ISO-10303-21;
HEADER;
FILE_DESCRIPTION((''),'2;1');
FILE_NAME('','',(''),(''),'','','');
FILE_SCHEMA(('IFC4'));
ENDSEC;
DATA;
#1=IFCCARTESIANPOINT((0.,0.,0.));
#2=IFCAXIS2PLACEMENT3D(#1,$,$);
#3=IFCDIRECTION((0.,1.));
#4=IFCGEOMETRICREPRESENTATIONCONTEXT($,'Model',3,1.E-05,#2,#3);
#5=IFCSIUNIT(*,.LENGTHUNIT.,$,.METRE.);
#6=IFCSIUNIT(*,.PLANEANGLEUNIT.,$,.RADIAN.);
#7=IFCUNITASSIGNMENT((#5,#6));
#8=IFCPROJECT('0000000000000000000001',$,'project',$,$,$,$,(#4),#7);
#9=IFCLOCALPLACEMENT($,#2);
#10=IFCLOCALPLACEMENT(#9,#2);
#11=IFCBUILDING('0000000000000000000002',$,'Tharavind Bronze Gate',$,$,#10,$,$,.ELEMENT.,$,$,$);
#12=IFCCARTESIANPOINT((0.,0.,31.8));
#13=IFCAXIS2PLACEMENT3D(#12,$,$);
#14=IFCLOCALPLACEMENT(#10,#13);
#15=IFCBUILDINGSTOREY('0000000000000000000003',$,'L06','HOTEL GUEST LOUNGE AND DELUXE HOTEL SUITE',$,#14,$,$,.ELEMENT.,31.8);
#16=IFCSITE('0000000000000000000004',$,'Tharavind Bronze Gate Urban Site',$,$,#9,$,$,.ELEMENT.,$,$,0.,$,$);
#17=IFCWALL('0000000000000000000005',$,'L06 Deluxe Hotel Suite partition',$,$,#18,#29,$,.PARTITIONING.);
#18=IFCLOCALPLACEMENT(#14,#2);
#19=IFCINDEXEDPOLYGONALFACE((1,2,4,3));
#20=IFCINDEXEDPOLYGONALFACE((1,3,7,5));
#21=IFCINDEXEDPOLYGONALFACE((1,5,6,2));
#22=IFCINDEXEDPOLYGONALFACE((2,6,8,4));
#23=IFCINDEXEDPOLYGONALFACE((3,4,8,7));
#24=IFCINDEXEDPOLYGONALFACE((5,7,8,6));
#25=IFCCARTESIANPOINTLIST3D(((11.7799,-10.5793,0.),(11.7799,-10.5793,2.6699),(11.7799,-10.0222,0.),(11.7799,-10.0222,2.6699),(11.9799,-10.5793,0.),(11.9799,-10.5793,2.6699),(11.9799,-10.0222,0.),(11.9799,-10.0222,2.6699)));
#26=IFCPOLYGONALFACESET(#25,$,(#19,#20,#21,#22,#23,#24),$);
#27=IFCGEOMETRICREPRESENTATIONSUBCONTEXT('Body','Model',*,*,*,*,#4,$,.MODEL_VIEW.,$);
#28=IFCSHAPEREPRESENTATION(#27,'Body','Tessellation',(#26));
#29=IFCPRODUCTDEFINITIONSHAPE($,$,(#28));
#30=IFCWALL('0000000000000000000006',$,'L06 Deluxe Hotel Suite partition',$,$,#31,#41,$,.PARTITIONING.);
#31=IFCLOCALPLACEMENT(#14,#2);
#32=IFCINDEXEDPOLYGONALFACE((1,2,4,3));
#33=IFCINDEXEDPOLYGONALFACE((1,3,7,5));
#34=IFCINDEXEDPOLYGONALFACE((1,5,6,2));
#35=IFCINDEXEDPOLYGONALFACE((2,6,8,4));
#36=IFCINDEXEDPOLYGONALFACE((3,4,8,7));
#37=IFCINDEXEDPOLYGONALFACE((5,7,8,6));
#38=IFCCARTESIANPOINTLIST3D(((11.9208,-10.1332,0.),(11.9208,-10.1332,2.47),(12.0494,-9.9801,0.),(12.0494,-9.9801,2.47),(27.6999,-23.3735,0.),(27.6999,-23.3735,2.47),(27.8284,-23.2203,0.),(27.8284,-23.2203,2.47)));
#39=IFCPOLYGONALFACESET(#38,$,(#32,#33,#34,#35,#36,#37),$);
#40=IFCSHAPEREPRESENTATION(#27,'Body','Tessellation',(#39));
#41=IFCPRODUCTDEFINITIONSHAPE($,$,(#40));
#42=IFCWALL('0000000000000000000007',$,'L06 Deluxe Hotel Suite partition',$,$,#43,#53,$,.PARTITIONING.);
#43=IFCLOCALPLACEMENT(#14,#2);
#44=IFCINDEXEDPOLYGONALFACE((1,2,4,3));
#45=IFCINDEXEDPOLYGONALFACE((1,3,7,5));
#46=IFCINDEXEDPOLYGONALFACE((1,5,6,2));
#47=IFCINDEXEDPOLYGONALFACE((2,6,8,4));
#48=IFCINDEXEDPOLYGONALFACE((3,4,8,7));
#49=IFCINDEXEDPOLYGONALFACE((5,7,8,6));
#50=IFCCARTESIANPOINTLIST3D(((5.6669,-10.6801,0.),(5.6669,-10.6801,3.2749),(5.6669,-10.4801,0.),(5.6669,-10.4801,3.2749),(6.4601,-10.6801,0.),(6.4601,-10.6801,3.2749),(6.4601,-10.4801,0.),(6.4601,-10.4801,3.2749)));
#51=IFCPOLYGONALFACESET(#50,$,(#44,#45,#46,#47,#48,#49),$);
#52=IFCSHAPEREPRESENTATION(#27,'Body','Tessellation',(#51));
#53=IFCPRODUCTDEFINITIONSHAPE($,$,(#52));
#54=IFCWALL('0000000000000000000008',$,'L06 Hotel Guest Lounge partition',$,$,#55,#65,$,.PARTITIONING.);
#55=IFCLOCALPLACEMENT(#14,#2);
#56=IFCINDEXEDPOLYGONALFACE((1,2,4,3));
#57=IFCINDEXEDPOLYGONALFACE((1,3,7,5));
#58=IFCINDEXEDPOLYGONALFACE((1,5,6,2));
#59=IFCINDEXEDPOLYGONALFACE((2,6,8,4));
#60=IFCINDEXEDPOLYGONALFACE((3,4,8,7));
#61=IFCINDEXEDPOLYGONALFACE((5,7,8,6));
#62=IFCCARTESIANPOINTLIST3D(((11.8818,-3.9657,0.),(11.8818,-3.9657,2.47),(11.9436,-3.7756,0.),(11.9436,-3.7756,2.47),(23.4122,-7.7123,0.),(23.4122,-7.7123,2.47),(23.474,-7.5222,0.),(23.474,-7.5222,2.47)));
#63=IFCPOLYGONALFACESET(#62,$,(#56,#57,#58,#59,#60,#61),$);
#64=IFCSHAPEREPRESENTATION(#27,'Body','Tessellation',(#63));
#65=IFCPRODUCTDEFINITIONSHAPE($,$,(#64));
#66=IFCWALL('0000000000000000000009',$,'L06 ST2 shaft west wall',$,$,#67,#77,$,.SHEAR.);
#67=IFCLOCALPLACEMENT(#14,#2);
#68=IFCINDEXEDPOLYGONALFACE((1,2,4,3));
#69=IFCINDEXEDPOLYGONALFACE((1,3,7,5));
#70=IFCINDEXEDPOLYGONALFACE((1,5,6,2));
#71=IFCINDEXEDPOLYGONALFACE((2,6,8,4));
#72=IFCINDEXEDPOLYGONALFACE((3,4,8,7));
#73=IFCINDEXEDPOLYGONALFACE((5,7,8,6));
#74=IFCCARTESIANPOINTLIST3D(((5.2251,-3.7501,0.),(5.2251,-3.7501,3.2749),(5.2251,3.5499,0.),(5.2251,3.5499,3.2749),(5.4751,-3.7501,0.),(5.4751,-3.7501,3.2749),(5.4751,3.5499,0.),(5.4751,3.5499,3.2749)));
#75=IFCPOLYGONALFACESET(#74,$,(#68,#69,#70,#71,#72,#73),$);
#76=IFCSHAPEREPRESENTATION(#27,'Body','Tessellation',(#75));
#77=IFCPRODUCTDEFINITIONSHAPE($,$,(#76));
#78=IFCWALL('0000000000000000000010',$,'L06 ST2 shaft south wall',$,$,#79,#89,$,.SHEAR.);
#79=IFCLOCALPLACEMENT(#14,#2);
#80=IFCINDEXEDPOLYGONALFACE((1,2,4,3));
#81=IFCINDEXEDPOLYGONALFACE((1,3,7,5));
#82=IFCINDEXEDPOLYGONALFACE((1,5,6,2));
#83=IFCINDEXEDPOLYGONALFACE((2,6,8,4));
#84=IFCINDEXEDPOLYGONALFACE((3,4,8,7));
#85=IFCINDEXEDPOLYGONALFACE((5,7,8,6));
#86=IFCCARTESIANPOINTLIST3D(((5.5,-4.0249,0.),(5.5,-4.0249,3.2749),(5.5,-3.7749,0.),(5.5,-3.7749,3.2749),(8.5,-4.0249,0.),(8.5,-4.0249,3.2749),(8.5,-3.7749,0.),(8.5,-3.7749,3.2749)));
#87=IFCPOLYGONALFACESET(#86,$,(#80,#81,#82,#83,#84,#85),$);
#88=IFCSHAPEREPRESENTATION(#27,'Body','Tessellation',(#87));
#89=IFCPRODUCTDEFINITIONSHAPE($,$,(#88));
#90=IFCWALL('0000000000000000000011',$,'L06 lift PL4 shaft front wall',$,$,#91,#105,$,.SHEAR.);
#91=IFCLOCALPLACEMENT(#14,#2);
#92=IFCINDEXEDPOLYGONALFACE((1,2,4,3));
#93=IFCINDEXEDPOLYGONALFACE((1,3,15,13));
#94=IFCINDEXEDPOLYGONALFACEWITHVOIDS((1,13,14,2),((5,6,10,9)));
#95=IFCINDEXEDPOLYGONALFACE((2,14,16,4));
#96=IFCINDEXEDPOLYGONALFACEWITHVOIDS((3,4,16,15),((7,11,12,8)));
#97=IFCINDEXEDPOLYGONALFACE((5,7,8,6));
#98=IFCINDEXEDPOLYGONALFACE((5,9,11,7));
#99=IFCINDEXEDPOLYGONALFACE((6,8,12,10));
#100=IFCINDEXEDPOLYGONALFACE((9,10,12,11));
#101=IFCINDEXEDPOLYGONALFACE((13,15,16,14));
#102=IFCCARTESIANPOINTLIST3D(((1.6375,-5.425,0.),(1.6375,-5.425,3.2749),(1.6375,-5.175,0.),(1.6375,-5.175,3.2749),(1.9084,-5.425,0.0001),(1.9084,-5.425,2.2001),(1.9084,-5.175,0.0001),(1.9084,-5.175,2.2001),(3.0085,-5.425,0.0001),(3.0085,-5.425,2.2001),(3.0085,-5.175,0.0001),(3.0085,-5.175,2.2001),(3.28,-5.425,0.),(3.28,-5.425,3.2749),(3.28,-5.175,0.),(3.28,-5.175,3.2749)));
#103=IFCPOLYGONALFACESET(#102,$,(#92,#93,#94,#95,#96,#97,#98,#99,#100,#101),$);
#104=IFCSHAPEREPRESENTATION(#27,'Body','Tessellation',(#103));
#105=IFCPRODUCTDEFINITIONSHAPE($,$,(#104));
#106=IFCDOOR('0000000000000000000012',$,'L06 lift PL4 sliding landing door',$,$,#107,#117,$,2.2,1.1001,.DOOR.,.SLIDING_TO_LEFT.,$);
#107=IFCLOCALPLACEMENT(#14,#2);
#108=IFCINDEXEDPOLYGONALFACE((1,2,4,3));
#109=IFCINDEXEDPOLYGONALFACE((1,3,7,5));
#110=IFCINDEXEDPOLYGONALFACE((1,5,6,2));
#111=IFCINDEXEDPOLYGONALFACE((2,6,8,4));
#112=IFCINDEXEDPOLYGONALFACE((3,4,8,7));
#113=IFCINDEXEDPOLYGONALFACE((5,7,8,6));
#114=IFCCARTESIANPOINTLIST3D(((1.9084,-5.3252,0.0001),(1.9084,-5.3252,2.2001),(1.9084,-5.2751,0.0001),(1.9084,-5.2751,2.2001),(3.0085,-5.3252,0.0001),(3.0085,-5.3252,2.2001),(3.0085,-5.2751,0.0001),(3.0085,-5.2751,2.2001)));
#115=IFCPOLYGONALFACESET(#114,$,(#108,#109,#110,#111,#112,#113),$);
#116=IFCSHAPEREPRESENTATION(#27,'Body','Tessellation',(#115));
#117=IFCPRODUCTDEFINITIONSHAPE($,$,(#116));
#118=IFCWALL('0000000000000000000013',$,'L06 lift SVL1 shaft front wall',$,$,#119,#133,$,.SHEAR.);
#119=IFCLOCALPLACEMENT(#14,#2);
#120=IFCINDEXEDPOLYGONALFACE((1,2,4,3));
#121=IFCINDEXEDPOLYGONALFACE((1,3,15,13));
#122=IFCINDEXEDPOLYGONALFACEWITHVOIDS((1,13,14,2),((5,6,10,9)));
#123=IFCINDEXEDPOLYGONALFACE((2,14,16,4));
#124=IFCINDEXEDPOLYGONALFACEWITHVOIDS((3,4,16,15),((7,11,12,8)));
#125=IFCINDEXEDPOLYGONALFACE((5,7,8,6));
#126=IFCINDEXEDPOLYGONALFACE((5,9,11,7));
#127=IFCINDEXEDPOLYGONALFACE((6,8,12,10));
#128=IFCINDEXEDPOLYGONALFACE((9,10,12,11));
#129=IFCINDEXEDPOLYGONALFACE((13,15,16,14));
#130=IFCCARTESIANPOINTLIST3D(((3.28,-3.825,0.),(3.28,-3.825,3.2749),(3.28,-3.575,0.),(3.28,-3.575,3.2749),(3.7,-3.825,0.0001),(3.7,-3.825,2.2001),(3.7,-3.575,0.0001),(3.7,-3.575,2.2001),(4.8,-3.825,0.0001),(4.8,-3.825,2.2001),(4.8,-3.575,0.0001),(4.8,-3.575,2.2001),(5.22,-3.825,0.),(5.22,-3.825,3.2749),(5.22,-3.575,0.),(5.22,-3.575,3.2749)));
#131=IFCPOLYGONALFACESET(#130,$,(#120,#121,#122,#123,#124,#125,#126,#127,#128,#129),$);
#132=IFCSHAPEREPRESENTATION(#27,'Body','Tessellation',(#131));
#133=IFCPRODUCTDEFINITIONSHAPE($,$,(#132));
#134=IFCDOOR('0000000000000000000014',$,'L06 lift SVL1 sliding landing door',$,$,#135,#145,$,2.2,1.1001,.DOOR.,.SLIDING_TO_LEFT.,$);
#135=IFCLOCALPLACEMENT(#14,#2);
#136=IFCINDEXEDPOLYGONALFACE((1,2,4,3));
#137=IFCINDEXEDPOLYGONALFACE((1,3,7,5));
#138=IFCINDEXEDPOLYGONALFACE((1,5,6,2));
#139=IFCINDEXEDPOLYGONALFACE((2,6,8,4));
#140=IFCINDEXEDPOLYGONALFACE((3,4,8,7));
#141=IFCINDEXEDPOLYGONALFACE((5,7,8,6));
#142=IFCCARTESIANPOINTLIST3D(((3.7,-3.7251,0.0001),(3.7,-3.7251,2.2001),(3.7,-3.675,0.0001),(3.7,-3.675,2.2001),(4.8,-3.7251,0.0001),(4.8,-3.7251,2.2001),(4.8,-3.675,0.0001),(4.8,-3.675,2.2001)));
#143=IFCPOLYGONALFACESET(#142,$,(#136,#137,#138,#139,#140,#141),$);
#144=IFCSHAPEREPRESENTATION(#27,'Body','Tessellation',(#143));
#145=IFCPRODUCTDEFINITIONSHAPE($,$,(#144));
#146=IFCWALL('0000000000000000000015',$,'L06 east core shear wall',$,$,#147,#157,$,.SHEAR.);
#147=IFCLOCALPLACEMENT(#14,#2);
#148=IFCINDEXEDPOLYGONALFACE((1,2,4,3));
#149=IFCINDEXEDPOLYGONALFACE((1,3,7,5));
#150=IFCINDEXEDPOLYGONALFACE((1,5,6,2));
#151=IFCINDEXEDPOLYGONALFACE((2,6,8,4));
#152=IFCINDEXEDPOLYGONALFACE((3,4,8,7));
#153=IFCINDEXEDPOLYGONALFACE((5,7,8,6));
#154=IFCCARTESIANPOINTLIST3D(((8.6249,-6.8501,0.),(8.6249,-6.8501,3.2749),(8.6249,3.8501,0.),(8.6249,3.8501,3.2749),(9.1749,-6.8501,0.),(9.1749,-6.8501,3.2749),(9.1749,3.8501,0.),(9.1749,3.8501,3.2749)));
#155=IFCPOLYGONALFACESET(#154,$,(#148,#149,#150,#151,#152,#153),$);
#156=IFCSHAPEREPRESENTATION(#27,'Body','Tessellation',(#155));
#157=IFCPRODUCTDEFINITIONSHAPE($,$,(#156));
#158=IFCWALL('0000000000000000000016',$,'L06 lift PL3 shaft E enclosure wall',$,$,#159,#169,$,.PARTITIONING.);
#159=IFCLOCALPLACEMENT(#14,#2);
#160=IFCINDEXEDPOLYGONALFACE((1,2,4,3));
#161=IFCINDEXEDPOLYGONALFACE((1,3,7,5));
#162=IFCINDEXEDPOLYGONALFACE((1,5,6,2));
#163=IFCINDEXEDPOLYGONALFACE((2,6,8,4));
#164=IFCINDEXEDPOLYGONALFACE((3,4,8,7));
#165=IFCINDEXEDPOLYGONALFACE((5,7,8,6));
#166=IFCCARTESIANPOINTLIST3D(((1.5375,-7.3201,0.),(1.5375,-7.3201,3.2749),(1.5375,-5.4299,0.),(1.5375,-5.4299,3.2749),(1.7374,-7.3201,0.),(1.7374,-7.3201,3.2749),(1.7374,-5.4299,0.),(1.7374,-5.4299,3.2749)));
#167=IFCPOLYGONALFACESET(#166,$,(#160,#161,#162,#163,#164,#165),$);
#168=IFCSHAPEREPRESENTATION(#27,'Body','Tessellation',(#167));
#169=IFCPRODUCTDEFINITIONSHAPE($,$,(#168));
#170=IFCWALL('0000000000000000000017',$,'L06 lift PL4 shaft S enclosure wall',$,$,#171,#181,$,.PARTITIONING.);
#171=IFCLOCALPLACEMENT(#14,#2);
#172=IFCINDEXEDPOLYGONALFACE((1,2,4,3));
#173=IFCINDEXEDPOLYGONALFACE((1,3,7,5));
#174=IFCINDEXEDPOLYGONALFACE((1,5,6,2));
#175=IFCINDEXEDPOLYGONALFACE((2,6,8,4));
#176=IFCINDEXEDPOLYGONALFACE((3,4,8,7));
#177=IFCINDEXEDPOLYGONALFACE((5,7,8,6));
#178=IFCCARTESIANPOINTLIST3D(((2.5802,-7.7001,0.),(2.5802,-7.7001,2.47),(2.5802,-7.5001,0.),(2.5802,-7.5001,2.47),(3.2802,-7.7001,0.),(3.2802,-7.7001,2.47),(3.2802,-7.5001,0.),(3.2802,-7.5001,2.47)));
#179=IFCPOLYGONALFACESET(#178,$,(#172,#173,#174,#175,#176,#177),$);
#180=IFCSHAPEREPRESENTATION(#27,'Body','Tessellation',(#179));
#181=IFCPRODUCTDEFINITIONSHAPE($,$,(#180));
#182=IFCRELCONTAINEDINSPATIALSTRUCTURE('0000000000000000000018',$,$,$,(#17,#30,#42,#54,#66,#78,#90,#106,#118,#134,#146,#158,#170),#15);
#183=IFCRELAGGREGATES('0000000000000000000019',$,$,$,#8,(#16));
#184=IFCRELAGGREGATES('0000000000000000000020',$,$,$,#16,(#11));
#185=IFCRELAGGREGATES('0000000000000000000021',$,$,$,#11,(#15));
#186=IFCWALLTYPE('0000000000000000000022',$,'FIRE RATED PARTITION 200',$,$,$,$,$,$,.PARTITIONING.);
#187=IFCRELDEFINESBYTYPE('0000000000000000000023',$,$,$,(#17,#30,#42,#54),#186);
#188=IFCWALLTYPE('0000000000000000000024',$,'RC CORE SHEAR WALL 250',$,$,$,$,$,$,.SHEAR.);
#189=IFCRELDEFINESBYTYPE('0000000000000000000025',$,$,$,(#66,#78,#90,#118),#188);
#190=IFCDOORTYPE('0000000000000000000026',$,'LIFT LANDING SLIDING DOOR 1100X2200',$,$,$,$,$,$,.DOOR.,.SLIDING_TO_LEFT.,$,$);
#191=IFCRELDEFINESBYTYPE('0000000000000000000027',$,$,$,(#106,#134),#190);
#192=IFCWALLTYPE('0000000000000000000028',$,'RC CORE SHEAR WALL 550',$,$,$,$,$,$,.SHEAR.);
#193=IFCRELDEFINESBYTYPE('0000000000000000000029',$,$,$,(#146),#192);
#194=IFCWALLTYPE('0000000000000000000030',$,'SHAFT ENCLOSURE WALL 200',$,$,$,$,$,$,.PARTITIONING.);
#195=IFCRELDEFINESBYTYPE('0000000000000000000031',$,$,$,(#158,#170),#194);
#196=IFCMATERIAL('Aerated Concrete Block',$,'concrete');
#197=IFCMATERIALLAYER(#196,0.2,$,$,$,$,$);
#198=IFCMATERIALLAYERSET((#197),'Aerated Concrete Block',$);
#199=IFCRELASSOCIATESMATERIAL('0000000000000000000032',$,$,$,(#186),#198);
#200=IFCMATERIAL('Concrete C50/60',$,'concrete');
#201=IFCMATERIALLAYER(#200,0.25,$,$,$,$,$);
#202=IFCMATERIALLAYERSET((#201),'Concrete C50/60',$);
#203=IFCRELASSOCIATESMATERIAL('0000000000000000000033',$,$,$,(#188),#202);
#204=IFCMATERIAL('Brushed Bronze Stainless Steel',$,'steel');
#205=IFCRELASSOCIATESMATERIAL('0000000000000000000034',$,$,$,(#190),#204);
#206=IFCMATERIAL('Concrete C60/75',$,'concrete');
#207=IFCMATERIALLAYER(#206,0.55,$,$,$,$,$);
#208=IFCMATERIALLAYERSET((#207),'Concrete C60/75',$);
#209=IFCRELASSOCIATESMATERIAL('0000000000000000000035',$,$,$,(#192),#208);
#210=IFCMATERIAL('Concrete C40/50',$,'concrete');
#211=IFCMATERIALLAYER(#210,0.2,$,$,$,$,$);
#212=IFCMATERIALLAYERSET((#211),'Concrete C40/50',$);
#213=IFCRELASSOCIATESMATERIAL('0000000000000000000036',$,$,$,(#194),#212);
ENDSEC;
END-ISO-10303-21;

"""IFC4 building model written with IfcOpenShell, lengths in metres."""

from ifc_helpers import new_model, si_unit, direction, frame, frame_2d, origin, place, context, subcontext, project, spatial, rectangle, extrude, material, layer, layer_set, type_object, element, fill, save


model = new_model("IFC4")

# Units and contexts
model_context = context("Model", 3, precision=1e-05, world=origin(), true_north=direction((0.0, 1.0)))
body_context = subcontext(model_context, "Body", "Model", "MODEL_VIEW")
ifc_project = project(units=[si_unit("LENGTHUNIT", "METRE"), si_unit("PLANEANGLEUNIT", "RADIAN")], contexts=[model_context])

# Site, building, storey
site_placement = place(None, origin())
site = spatial("IfcSite", under=ifc_project, at=site_placement, Name="Tharavind Bronze Gate Urban Site", CompositionType="ELEMENT", RefElevation=0.0)
building_placement = place(site_placement, origin())
building = spatial("IfcBuilding", under=site, at=building_placement, Name="Tharavind Bronze Gate", CompositionType="ELEMENT")
storey_placement = place(building_placement, frame((0.0, 0.0, 31.8)))
storey = spatial("IfcBuildingStorey", under=building, at=storey_placement, Name="L06", Description="HOTEL GUEST LOUNGE AND DELUXE HOTEL SUITE", CompositionType="ELEMENT", Elevation=31.8)

# Shared definitions
ifc_material_1 = material(Name="Aerated Concrete Block", Category="concrete")
ifc_layer_1 = layer(ifc_material_1, 0.2)
ifc_layer_set_1 = layer_set([ifc_layer_1], Name="Aerated Concrete Block")
wall_type_1 = type_object("IfcWallType", Name="FIRE RATED PARTITION 200", PredefinedType="PARTITIONING", material=ifc_layer_set_1)

# Walls
wall_1_placement = place(storey_placement, frame((11.8799, -10.5793, 0.0), z_axis=(0.0, 0.0, 1.0), x_axis=(0.0, 1.0, 0.0)))
element("IfcWall", 1, at=wall_1_placement, inside=storey, type_object=wall_type_1, Name="L06 Deluxe Hotel Suite partition", PredefinedType="PARTITIONING", context=body_context, shape_type="SweptSolid", body=[
    extrude(rectangle(XDim=0.5571, YDim=0.2, at=frame_2d((0.2786, 0.0))), origin(), (0.0, 0.0, 1.0), 2.6699),
])
wall_2_placement = place(storey_placement, frame((11.9851, -10.0566, 0.0), z_axis=(0.0, 0.0, 1.0), x_axis=(0.766044, -0.642789, 0.0)))
element("IfcWall", 2, at=wall_2_placement, inside=storey, type_object=wall_type_1, Name="L06 Deluxe Hotel Suite partition", PredefinedType="PARTITIONING", context=body_context, shape_type="SweptSolid", body=[
    extrude(rectangle(XDim=20.5981, YDim=0.2, at=frame_2d((10.2991, 0.0))), origin(), (0.0, 0.0, 1.0), 2.47),
])
wall_3_placement = place(storey_placement, frame((5.667, -10.5801, 0.0), z_axis=(0.0, 0.0, 1.0), x_axis=(1.0, 0.0, 0.0)))
element("IfcWall", 3, at=wall_3_placement, inside=storey, type_object=wall_type_1, Name="L06 Deluxe Hotel Suite partition", PredefinedType="PARTITIONING", context=body_context, shape_type="SweptSolid", body=[
    extrude(rectangle(XDim=0.7932, YDim=0.2, at=frame_2d((0.3965, 0.0))), origin(), (0.0, 0.0, 1.0), 3.2749),
])

# Wall
wall_4_placement = place(storey_placement, frame((11.9126, -3.8706, 0.0), z_axis=(0.0, 0.0, 1.0), x_axis=(0.951052, -0.30903, 0.0)))
element("IfcWall", 4, at=wall_4_placement, inside=storey, type_object=wall_type_1, Name="L06 Hotel Guest Lounge partition", PredefinedType="PARTITIONING", context=body_context, shape_type="SweptSolid", body=[
    extrude(rectangle(XDim=12.1238, YDim=0.2, at=frame_2d((6.062, 0.0))), origin(), (0.0, 0.0, 1.0), 2.47),
])

# Walls
ifc_material_2 = material(Name="Concrete C50/60", Category="concrete")
ifc_layer_2 = layer(ifc_material_2, 0.25)
ifc_layer_set_2 = layer_set([ifc_layer_2], Name="Concrete C50/60")
wall_type_2 = type_object("IfcWallType", Name="RC CORE SHEAR WALL 250", PredefinedType="SHEAR", material=ifc_layer_set_2)
wall_5_placement = place(storey_placement, frame((5.3501, -3.75, 0.0), z_axis=(0.0, 0.0, 1.0), x_axis=(0.0, 1.0, 0.0)))
element("IfcWall", 5, at=wall_5_placement, inside=storey, type_object=wall_type_2, Name="L06 ST2 shaft west wall", PredefinedType="SHEAR", context=body_context, shape_type="SweptSolid", body=[
    extrude(rectangle(XDim=7.3, YDim=0.25, at=frame_2d((3.6499, 0.0))), origin(), (0.0, 0.0, 1.0), 3.2749),
])
wall_6_placement = place(storey_placement, frame((5.5, -3.8999, 0.0), z_axis=(0.0, 0.0, 1.0), x_axis=(1.0, 0.0, 0.0)))
element("IfcWall", 6, at=wall_6_placement, inside=storey, type_object=wall_type_2, Name="L06 ST2 shaft south wall", PredefinedType="SHEAR", context=body_context, shape_type="SweptSolid", body=[
    extrude(rectangle(XDim=3.0, YDim=0.25, at=frame_2d((1.5, 0.0))), origin(), (0.0, 0.0, 1.0), 3.2749),
])

# Walls, openings, doors
wall_7_placement = place(storey_placement, frame((1.6375, -5.3, 0.0), z_axis=(0.0, 0.0, 1.0), x_axis=(1.0, 0.0, 0.0)))
wall_7 = element("IfcWall", 7, at=wall_7_placement, inside=storey, type_object=wall_type_2, Name="L06 lift PL4 shaft front wall", PredefinedType="SHEAR", context=body_context, shape_type="SweptSolid", body=[
    extrude(rectangle(XDim=1.6426, YDim=0.25, at=frame_2d((0.8213, 0.0))), origin(), (0.0, 0.0, 1.0), 3.2749),
])
opening_1_placement = place(wall_7_placement, frame((0.271, 0.0, 0.0)))
opening_1 = element("IfcOpeningElement", 8, at=opening_1_placement, cuts=wall_7, PredefinedType="OPENING", context=body_context, shape_type="SweptSolid", body=[
    extrude(rectangle(XDim=1.1001, YDim=2.2, at=frame_2d((0.55, 1.1001))), frame((0.0, 0.135, 0.0), z_axis=(0.0, -1.0, 0.0), x_axis=(1.0, 0.0, 0.0)), (0.0, 0.0, 1.0), 0.27),
])
ifc_material_3 = material(Name="Brushed Bronze Stainless Steel", Category="steel")
door_type_1 = type_object("IfcDoorType", Name="LIFT LANDING SLIDING DOOR 1100X2200", OperationType="SLIDING_TO_LEFT", PredefinedType="DOOR", material=ifc_material_3)
door_1_placement = place(opening_1_placement, origin())
door_1 = element("IfcDoor", 9, at=door_1_placement, inside=storey, type_object=door_type_1, Name="L06 lift PL4 sliding landing door", OperationType="SLIDING_TO_LEFT", OverallHeight=2.2, OverallWidth=1.1001, PredefinedType="DOOR", context=body_context, shape_type="SweptSolid", body=[
    extrude(rectangle(XDim=1.1001, YDim=2.2, at=frame_2d((0.55, 1.1001))), frame((0.0, 0.0249, 0.0), z_axis=(0.0, -1.0, 0.0), x_axis=(1.0, 0.0, 0.0)), (0.0, 0.0, 1.0), 0.05),
])
fill(opening_1, door_1)
wall_8_placement = place(storey_placement, frame((3.28, -3.7, 0.0), z_axis=(0.0, 0.0, 1.0), x_axis=(1.0, 0.0, 0.0)))
wall_8 = element("IfcWall", 10, at=wall_8_placement, inside=storey, type_object=wall_type_2, Name="L06 lift SVL1 shaft front wall", PredefinedType="SHEAR", context=body_context, shape_type="SweptSolid", body=[
    extrude(rectangle(XDim=1.9399, YDim=0.25, at=frame_2d((0.97, 0.0))), origin(), (0.0, 0.0, 1.0), 3.2749),
])
opening_2_placement = place(wall_8_placement, frame((0.4199, 0.0, 0.0)))
opening_2 = element("IfcOpeningElement", 11, at=opening_2_placement, cuts=wall_8, PredefinedType="OPENING", context=body_context, shape_type="SweptSolid", body=[
    extrude(rectangle(XDim=1.1001, YDim=2.2, at=frame_2d((0.55, 1.1001))), frame((0.0, 0.135, 0.0), z_axis=(0.0, -1.0, 0.0), x_axis=(1.0, 0.0, 0.0)), (0.0, 0.0, 1.0), 0.27),
])
door_2_placement = place(opening_2_placement, origin())
door_2 = element("IfcDoor", 12, at=door_2_placement, inside=storey, type_object=door_type_1, Name="L06 lift SVL1 sliding landing door", OperationType="SLIDING_TO_LEFT", OverallHeight=2.2, OverallWidth=1.1001, PredefinedType="DOOR", context=body_context, shape_type="SweptSolid", body=[
    extrude(rectangle(XDim=1.1001, YDim=2.2, at=frame_2d((0.55, 1.1001))), frame((0.0, 0.0249, 0.0), z_axis=(0.0, -1.0, 0.0), x_axis=(1.0, 0.0, 0.0)), (0.0, 0.0, 1.0), 0.05),
])
fill(opening_2, door_2)

# Walls
ifc_material_4 = material(Name="Concrete C60/75", Category="concrete")
ifc_layer_3 = layer(ifc_material_4, 0.55)
ifc_layer_set_3 = layer_set([ifc_layer_3], Name="Concrete C60/75")
wall_type_3 = type_object("IfcWallType", Name="RC CORE SHEAR WALL 550", PredefinedType="SHEAR", material=ifc_layer_set_3)
wall_9_placement = place(storey_placement, frame((8.8999, -6.8501, 0.0), z_axis=(0.0, 0.0, 1.0), x_axis=(0.0, 1.0, 0.0)))
element("IfcWall", 13, at=wall_9_placement, inside=storey, type_object=wall_type_3, Name="L06 east core shear wall", PredefinedType="SHEAR", context=body_context, shape_type="SweptSolid", body=[
    extrude(rectangle(XDim=10.7002, YDim=0.55, at=frame_2d((5.3501, 0.0))), origin(), (0.0, 0.0, 1.0), 3.2749),
])
ifc_material_5 = material(Name="Concrete C40/50", Category="concrete")
ifc_layer_4 = layer(ifc_material_5, 0.2)
ifc_layer_set_4 = layer_set([ifc_layer_4], Name="Concrete C40/50")
wall_type_4 = type_object("IfcWallType", Name="SHAFT ENCLOSURE WALL 200", PredefinedType="PARTITIONING", material=ifc_layer_set_4)
wall_10_placement = place(storey_placement, frame((1.6375, -7.3201, 0.0), z_axis=(0.0, 0.0, 1.0), x_axis=(0.0, 1.0, 0.0)))
element("IfcWall", 14, at=wall_10_placement, inside=storey, type_object=wall_type_4, Name="L06 lift PL3 shaft E enclosure wall", PredefinedType="PARTITIONING", context=body_context, shape_type="SweptSolid", body=[
    extrude(rectangle(XDim=1.8901, YDim=0.2, at=frame_2d((0.9451, 0.0))), origin(), (0.0, 0.0, 1.0), 3.2749),
])
wall_11_placement = place(storey_placement, frame((2.5801, -7.6001, 0.0), z_axis=(0.0, 0.0, 1.0), x_axis=(1.0, 0.0, 0.0)))
element("IfcWall", 15, at=wall_11_placement, inside=storey, type_object=wall_type_4, Name="L06 lift PL4 shaft S enclosure wall", PredefinedType="PARTITIONING", context=body_context, shape_type="SweptSolid", body=[
    extrude(rectangle(XDim=0.7, YDim=0.2, at=frame_2d((0.3501, 0.0))), origin(), (0.0, 0.0, 1.0), 2.47),
])

save(model, "model.ifc")
